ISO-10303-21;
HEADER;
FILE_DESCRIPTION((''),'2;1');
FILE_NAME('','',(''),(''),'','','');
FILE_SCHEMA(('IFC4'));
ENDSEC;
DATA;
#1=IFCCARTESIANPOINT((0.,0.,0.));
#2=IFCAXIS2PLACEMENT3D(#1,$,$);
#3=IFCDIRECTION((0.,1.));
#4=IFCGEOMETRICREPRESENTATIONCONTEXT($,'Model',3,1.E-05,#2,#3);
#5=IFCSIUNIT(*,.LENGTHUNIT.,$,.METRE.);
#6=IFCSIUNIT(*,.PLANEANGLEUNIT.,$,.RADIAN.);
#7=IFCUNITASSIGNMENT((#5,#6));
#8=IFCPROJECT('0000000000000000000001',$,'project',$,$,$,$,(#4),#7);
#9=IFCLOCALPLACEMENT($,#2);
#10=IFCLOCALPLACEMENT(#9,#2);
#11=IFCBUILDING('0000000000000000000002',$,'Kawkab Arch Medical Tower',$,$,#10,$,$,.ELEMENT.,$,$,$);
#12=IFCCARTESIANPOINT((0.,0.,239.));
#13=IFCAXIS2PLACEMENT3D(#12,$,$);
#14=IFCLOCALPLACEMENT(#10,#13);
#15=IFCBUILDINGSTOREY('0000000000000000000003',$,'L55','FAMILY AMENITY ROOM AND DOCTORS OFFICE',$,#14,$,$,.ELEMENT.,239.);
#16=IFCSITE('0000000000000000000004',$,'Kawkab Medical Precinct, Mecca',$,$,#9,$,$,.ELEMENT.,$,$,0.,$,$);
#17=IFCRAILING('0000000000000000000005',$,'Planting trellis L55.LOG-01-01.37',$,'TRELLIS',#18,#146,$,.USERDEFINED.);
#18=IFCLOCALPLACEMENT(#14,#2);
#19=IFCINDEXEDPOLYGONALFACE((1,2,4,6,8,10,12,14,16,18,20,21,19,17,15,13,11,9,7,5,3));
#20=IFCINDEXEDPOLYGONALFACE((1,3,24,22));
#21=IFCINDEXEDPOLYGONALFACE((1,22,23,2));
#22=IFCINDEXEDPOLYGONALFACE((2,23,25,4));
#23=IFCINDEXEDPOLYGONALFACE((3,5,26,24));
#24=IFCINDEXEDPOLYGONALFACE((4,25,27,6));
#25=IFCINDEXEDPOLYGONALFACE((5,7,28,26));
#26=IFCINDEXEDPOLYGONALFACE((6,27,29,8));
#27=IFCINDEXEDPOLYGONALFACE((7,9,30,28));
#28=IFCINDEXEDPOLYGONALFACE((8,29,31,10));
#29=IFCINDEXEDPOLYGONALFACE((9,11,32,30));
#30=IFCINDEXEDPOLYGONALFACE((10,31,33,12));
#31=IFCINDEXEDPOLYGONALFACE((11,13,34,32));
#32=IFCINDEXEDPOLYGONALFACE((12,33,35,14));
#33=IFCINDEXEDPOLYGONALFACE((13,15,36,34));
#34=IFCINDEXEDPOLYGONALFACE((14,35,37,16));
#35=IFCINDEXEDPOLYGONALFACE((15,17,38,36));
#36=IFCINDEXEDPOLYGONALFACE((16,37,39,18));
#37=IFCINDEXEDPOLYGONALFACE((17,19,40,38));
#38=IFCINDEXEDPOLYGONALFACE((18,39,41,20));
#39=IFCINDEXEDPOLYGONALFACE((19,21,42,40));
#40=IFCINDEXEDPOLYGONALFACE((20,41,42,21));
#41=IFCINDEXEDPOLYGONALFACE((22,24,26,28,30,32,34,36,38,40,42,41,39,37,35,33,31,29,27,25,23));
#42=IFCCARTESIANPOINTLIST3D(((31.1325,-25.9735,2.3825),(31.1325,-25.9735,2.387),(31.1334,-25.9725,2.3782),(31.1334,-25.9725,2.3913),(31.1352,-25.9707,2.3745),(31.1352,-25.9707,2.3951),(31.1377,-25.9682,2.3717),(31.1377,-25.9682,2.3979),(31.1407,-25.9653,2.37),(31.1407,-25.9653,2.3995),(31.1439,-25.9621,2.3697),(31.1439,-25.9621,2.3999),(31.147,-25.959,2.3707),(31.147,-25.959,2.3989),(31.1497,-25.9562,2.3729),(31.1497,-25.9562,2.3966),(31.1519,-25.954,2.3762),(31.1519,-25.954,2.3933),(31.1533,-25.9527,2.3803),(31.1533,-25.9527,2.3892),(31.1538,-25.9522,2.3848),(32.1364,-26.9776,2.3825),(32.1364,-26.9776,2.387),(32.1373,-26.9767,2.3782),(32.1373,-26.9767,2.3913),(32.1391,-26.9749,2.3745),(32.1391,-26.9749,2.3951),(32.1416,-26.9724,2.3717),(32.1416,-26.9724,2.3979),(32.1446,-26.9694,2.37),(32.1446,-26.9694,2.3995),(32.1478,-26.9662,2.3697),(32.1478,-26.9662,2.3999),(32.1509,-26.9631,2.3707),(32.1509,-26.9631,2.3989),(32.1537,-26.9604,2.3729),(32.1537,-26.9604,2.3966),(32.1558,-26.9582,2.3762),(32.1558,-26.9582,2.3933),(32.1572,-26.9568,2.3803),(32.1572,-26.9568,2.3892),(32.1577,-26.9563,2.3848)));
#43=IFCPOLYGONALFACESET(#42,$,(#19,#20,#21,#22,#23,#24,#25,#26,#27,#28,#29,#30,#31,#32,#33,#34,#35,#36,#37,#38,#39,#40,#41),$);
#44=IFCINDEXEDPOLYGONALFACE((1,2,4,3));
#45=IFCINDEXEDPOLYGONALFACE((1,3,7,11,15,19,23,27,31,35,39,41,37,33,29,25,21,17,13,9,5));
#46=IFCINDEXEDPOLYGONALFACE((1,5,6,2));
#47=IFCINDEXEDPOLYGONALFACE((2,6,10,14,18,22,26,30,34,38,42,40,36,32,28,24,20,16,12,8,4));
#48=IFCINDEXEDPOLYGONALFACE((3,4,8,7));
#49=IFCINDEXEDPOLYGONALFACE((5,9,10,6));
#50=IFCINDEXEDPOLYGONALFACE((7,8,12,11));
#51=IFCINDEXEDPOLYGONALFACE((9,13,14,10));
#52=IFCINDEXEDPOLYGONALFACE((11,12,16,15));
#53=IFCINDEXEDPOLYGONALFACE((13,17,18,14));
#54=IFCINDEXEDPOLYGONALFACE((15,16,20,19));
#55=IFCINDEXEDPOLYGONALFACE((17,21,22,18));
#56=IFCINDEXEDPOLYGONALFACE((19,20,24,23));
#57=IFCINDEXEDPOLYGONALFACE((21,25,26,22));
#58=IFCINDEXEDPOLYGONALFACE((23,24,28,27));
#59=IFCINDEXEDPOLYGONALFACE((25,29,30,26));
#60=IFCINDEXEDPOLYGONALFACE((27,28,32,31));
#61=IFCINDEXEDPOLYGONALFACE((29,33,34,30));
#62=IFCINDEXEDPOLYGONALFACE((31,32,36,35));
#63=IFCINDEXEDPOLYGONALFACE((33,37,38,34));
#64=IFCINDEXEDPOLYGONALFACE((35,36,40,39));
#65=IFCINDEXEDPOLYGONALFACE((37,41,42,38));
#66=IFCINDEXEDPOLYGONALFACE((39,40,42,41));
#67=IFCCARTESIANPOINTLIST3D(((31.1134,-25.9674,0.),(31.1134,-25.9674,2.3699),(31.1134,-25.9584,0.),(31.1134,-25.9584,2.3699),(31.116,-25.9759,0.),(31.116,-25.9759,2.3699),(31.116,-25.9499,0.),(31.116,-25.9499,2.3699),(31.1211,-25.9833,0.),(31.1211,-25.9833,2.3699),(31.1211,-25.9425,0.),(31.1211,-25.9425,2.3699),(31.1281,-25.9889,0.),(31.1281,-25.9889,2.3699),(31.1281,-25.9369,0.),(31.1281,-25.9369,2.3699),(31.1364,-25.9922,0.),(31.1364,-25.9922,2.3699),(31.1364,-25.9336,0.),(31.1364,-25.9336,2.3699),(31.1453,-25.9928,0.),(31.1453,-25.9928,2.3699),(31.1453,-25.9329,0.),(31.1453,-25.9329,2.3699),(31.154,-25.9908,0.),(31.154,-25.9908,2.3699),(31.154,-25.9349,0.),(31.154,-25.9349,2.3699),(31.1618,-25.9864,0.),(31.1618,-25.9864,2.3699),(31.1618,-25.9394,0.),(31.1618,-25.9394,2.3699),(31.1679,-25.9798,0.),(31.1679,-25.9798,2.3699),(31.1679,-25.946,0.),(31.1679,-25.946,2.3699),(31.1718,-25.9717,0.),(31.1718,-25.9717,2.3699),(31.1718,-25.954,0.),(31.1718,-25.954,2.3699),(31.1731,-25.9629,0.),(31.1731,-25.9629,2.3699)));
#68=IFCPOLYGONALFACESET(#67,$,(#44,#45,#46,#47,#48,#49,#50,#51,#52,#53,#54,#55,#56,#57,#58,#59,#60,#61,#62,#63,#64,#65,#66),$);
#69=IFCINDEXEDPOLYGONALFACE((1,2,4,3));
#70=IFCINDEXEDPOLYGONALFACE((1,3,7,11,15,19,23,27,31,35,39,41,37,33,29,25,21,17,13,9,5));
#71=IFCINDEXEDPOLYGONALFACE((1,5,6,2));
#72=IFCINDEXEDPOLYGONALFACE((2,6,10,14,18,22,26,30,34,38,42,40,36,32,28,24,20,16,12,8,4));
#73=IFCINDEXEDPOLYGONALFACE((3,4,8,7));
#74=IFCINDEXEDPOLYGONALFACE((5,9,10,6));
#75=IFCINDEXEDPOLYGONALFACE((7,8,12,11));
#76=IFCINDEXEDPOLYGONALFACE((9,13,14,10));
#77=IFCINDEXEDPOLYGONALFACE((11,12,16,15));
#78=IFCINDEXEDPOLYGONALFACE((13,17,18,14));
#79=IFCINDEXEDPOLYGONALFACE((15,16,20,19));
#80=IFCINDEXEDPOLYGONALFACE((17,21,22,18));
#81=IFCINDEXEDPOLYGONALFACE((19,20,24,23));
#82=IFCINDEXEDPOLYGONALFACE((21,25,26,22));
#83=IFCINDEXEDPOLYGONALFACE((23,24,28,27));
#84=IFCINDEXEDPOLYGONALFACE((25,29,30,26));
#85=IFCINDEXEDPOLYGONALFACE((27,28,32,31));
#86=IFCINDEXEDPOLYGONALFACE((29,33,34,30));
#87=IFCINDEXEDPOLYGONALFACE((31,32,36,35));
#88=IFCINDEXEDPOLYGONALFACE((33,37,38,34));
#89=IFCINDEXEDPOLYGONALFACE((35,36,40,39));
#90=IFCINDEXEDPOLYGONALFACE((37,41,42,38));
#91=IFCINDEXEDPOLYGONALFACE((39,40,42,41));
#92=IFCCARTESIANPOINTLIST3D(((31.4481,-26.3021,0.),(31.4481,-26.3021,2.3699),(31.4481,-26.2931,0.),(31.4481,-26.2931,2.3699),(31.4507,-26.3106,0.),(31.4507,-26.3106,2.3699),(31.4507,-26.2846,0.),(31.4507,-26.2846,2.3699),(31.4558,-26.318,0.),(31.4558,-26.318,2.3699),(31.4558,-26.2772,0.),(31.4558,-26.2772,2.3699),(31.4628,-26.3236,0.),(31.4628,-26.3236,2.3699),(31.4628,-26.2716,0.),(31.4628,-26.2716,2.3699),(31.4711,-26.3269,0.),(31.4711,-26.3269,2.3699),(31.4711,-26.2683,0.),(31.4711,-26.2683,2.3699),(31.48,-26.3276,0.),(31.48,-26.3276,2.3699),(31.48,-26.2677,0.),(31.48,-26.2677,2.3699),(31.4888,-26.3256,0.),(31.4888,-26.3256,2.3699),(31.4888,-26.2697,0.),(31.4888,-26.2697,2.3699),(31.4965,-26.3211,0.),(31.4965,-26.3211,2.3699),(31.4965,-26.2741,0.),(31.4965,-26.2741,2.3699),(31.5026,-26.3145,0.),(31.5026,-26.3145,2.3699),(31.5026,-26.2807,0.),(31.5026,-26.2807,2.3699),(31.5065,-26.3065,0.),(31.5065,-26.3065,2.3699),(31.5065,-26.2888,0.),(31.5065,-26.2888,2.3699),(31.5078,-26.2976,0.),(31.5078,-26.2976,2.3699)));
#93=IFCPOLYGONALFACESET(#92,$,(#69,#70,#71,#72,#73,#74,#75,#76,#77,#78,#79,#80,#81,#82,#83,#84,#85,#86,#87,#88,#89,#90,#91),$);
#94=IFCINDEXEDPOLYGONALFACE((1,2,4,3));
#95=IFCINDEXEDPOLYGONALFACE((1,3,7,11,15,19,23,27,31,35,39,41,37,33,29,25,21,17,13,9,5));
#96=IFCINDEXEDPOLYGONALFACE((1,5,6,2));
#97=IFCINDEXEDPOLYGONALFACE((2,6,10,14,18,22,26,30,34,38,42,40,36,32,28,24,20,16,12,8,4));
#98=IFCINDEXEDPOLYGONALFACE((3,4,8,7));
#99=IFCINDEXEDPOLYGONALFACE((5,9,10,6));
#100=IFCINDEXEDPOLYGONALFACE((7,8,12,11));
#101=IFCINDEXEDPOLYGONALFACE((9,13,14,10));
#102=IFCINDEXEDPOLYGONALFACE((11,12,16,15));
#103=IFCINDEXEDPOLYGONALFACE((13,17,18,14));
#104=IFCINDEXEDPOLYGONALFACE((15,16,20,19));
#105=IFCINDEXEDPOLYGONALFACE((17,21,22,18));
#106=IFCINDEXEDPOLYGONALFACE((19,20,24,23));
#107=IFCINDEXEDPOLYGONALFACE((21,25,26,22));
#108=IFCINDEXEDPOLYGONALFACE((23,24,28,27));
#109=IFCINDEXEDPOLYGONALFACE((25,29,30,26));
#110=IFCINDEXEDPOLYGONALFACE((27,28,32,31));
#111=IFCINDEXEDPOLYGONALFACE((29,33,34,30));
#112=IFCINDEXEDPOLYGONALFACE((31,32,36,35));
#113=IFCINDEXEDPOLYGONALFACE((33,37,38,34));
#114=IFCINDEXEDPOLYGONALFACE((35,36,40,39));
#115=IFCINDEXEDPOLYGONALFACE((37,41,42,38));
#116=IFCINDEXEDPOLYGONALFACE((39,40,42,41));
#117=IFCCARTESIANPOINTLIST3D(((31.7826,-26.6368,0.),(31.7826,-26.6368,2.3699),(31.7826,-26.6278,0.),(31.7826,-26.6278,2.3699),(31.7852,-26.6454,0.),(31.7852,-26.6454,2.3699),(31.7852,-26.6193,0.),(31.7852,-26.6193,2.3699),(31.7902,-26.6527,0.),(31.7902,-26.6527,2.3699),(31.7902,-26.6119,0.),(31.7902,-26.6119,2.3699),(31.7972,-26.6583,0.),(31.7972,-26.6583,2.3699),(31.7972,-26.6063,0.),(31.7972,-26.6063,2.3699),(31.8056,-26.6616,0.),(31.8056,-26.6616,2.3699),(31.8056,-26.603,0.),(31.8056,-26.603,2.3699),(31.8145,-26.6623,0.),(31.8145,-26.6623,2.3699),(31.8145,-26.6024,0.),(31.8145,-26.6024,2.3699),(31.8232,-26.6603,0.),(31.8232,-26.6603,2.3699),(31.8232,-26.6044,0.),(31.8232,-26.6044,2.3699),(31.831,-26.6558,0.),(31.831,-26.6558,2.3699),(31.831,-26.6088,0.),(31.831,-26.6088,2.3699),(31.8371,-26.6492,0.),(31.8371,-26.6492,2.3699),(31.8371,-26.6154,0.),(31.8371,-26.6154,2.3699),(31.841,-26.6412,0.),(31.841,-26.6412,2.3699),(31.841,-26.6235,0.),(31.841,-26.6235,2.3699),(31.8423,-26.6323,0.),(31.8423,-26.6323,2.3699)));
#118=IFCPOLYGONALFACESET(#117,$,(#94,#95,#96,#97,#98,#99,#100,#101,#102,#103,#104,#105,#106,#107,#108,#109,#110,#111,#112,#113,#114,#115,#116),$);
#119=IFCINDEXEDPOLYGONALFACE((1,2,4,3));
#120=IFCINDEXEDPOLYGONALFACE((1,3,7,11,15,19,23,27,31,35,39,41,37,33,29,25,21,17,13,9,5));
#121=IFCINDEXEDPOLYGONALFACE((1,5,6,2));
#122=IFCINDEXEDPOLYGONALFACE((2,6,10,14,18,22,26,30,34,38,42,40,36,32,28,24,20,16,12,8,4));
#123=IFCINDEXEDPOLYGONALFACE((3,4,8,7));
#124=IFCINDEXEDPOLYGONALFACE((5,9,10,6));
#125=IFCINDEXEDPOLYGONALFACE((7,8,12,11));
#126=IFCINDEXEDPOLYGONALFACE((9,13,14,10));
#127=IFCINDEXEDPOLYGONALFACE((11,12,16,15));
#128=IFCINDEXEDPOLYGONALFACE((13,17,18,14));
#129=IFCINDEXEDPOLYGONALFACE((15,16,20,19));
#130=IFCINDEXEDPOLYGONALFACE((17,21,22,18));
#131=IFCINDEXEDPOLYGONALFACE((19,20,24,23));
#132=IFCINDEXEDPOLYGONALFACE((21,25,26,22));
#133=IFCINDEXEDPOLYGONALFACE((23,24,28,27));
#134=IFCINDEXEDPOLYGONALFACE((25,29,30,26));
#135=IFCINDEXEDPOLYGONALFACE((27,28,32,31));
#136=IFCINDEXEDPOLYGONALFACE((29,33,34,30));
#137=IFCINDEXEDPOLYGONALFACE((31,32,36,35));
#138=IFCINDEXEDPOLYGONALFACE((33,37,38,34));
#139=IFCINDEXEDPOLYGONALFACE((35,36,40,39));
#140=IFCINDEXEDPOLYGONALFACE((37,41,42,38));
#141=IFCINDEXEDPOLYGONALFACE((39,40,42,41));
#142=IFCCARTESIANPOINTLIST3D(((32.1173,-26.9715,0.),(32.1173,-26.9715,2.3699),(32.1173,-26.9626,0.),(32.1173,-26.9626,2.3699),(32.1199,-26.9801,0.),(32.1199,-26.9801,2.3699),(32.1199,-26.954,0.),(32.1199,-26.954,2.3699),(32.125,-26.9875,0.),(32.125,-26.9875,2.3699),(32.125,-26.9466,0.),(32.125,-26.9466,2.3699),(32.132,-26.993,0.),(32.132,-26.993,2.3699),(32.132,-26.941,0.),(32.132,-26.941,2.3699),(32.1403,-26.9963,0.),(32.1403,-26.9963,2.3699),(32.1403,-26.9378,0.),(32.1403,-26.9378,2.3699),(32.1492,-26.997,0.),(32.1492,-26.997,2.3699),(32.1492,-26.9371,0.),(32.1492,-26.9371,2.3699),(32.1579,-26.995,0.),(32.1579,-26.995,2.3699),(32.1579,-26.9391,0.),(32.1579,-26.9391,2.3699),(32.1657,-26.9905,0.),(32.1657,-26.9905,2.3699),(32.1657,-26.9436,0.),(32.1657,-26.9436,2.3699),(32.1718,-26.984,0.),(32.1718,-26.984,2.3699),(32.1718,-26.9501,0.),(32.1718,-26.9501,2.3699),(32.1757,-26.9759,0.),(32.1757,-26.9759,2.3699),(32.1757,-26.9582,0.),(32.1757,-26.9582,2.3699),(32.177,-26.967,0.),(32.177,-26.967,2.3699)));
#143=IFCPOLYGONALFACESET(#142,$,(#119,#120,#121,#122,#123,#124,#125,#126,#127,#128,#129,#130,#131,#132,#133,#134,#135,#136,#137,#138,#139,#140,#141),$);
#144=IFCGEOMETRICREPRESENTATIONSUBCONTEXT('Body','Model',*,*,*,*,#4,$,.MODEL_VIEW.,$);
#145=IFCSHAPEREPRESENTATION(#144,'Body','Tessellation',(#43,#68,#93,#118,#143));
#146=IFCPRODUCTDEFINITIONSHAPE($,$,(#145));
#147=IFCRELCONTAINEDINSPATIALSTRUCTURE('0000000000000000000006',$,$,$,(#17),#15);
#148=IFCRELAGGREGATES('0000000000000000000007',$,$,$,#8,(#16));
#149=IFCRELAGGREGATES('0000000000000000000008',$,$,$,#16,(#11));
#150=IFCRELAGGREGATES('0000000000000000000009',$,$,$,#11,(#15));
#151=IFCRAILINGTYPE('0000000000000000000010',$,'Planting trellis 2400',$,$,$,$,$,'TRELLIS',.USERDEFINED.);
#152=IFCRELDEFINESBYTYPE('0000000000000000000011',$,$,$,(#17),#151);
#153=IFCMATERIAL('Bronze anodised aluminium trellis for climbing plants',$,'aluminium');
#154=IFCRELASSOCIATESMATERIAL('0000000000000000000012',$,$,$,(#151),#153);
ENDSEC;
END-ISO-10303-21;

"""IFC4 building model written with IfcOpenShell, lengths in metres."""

from ifc_helpers import new_model, si_unit, direction, frame, origin, origin_2d, place, context, subcontext, project, spatial, circle, extrude, material, type_object, element, save


model = new_model("IFC4")

# Units and contexts
model_context = context("Model", 3, precision=1e-05, world=origin(), true_north=direction((0.0, 1.0)))
body_context = subcontext(model_context, "Body", "Model", "MODEL_VIEW")
ifc_project = project(units=[si_unit("LENGTHUNIT", "METRE"), si_unit("PLANEANGLEUNIT", "RADIAN")], contexts=[model_context])

# Site, building, storey
site_placement = place(None, origin())
site = spatial("IfcSite", under=ifc_project, at=site_placement, Name="Kawkab Medical Precinct, Mecca", CompositionType="ELEMENT", RefElevation=0.0)
building_placement = place(site_placement, origin())
building = spatial("IfcBuilding", under=site, at=building_placement, Name="Kawkab Arch Medical Tower", CompositionType="ELEMENT")
storey_placement = place(building_placement, frame((0.0, 0.0, 239.0)))
storey = spatial("IfcBuildingStorey", under=building, at=storey_placement, Name="L55", Description="FAMILY AMENITY ROOM AND DOCTORS OFFICE", CompositionType="ELEMENT", Elevation=239.0)

# Railing
ifc_material_1 = material(Name="Bronze anodised aluminium trellis for climbing plants", Category="aluminium")
railing_type = type_object("IfcRailingType", Name="Planting trellis 2400", ElementType="TRELLIS", PredefinedType="USERDEFINED", material=ifc_material_1)
railing_placement = place(storey_placement, frame((31.1431, -25.9629, 0.0)))
element("IfcRailing", 1, at=railing_placement, inside=storey, type_object=railing_type, Name="Planting trellis L55.LOG-01-01.37", ObjectType="TRELLIS", PredefinedType="USERDEFINED", context=body_context, shape_type="SweptSolid", body=[
    extrude(circle(Radius=0.0151, at=origin_2d()), frame((0.0, 0.0, 2.3848), z_axis=(0.707021, -0.707193, 0.0), x_axis=(0.707193, 0.707021, 0.0)), (0.0, 0.0, 1.0), 1.4199),
    extrude(circle(Radius=0.03, at=origin_2d()), origin(), (0.0, 0.0, 1.0), 2.3699),
    extrude(circle(Radius=0.03, at=origin_2d()), frame((0.3347, -0.3347, 0.0)), (0.0, 0.0, 1.0), 2.3699),
    extrude(circle(Radius=0.03, at=origin_2d()), frame((0.6692, -0.6694, 0.0)), (0.0, 0.0, 1.0), 2.3699),
    extrude(circle(Radius=0.03, at=origin_2d()), frame((1.0039, -1.0042, 0.0)), (0.0, 0.0, 1.0), 2.3699),
])

save(model, "model.ifc")
